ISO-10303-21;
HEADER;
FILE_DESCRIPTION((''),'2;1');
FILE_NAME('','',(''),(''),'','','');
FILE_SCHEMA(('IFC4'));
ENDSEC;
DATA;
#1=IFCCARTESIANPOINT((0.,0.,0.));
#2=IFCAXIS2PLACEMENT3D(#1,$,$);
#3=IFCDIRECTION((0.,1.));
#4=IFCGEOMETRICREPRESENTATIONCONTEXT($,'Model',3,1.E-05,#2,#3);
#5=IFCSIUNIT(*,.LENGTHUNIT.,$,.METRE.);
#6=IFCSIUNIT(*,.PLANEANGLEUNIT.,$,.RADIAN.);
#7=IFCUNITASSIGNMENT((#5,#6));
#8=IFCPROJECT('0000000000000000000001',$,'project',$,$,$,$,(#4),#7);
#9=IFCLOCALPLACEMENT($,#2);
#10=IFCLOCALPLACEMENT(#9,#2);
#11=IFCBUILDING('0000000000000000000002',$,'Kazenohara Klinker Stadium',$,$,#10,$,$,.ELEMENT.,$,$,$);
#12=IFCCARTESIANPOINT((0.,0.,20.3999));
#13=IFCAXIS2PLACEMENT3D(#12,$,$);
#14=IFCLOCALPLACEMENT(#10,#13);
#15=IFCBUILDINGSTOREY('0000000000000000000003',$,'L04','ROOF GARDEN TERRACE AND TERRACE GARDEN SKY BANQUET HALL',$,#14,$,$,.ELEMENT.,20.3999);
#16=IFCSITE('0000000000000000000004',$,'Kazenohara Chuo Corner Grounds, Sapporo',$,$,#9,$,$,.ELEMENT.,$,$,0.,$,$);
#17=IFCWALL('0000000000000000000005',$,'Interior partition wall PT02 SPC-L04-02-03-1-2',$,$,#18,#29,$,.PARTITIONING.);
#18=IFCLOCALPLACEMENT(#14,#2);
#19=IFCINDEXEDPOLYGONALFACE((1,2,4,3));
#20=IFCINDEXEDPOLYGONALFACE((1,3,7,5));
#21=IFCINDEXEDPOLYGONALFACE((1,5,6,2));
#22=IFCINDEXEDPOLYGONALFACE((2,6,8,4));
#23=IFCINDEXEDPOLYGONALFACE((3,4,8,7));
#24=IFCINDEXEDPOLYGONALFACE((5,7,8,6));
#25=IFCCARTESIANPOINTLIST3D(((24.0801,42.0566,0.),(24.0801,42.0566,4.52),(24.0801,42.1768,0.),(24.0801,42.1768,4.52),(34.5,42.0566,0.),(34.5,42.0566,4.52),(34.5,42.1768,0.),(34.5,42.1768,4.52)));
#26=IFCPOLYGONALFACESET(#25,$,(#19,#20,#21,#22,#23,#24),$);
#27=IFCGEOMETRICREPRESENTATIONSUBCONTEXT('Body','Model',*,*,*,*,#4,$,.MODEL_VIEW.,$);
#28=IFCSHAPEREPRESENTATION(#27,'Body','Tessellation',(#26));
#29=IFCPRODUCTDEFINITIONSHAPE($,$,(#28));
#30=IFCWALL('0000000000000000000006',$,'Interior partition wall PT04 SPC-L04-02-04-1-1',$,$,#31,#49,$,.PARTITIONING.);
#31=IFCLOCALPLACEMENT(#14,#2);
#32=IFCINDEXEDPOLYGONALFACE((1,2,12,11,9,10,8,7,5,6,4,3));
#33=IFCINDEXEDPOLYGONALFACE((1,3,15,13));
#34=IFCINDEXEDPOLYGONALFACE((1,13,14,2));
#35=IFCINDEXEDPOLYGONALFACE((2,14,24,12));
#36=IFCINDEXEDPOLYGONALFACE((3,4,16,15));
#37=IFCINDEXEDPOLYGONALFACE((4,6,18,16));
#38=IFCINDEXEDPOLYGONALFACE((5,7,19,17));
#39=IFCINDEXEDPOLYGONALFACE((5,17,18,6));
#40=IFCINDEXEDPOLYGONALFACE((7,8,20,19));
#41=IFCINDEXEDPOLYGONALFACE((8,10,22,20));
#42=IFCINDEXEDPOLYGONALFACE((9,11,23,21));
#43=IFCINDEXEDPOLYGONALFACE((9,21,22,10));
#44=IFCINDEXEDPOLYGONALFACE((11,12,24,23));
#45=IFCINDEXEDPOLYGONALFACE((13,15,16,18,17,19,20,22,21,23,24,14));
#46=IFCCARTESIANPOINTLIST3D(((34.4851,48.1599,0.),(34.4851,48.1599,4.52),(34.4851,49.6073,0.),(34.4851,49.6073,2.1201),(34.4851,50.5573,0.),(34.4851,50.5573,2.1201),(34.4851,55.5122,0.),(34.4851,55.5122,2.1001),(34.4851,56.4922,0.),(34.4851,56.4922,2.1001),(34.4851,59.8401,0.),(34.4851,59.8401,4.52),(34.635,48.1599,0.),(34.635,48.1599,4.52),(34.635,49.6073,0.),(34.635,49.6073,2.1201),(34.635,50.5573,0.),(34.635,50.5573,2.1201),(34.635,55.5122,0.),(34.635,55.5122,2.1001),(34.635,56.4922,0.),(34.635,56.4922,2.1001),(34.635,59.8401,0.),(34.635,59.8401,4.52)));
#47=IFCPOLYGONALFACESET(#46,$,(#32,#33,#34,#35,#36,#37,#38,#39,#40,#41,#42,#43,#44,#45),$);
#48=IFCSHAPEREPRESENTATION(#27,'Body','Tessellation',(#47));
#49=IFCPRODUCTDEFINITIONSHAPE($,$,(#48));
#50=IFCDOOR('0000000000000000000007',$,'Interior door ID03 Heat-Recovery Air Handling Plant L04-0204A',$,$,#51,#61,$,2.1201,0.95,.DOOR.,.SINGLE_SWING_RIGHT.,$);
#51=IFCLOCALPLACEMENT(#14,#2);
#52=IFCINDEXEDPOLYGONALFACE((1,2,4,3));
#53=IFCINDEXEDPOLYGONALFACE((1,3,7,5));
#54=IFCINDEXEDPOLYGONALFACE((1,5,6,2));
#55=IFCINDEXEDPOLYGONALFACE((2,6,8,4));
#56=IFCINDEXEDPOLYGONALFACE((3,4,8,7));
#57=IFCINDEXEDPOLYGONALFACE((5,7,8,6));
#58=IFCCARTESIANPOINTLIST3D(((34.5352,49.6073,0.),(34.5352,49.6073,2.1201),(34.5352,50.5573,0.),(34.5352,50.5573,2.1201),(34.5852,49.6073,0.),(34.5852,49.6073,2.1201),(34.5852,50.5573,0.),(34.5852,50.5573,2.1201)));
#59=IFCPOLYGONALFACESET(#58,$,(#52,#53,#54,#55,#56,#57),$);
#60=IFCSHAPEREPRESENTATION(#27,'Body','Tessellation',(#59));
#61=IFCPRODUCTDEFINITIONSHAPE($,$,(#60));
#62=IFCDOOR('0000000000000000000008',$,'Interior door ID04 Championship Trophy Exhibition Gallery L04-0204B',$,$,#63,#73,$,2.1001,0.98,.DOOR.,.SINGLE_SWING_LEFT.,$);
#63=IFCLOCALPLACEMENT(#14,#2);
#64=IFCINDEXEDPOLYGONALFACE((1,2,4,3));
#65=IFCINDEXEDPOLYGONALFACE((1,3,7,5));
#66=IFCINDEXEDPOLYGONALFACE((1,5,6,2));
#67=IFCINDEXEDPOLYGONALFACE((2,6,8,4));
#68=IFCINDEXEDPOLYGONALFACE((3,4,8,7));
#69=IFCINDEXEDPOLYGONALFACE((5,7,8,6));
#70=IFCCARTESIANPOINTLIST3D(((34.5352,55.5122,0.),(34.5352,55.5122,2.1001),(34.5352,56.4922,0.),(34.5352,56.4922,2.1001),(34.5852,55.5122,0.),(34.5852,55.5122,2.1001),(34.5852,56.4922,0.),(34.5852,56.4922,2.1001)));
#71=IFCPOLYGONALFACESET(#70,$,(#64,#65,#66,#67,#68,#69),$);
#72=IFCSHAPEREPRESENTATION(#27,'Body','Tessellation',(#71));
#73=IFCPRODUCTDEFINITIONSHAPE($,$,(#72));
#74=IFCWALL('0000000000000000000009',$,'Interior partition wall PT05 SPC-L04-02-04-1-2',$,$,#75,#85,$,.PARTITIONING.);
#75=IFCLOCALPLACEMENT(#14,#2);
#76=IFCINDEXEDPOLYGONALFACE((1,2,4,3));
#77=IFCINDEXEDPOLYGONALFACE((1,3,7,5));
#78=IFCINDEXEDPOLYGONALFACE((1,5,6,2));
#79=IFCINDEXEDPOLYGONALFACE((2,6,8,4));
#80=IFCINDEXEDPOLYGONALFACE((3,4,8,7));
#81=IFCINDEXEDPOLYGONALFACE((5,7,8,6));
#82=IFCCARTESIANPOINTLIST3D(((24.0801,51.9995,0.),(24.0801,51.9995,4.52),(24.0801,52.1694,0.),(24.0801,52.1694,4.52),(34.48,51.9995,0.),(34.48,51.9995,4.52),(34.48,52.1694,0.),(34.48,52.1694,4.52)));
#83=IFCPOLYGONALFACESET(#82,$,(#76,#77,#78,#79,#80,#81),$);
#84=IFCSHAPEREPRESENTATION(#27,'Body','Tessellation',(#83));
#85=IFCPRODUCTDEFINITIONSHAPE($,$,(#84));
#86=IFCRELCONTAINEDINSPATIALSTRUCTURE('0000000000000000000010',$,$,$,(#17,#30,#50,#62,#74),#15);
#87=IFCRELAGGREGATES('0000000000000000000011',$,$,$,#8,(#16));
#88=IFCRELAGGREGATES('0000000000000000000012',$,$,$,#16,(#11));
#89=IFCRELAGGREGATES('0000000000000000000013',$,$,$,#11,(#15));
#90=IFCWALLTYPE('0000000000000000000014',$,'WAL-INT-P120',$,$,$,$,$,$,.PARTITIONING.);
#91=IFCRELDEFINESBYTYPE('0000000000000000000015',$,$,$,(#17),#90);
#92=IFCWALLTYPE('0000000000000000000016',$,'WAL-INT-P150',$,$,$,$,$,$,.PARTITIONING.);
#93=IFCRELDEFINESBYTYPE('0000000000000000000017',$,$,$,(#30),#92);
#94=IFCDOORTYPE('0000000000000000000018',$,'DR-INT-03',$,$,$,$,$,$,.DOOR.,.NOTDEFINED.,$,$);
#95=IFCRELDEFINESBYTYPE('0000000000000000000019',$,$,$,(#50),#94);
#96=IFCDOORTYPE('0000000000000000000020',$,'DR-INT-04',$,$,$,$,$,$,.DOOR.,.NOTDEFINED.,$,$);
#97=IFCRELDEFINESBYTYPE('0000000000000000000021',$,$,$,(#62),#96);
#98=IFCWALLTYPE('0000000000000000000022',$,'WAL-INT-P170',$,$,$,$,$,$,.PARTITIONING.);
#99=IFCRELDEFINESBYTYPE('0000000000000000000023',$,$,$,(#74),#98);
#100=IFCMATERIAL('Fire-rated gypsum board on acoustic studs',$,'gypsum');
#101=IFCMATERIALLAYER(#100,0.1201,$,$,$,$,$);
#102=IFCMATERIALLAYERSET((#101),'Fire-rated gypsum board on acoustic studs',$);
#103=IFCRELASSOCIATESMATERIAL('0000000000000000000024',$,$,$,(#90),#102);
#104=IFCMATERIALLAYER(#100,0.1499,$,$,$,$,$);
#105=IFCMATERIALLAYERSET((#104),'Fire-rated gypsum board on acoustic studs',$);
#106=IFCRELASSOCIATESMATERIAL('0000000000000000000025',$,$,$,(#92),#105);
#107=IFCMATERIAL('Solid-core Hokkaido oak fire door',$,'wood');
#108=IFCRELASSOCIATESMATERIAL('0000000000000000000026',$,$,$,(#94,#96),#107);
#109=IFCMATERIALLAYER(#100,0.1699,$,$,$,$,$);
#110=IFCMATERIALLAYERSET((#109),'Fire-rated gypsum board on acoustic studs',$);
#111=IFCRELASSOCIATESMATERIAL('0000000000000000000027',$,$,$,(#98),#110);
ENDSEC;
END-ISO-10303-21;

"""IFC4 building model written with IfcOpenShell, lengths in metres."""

from ifc_helpers import new_model, si_unit, direction, frame, frame_2d, origin, place, context, subcontext, project, spatial, rectangle, extrude, material, layer, layer_set, type_object, element, fill, save


model = new_model("IFC4")

# Units and contexts
model_context = context("Model", 3, precision=1e-05, world=origin(), true_north=direction((0.0, 1.0)))
body_context = subcontext(model_context, "Body", "Model", "MODEL_VIEW")
ifc_project = project(units=[si_unit("LENGTHUNIT", "METRE"), si_unit("PLANEANGLEUNIT", "RADIAN")], contexts=[model_context])

# Site, building, storey
site_placement = place(None, origin())
site = spatial("IfcSite", under=ifc_project, at=site_placement, Name="Kazenohara Chuo Corner Grounds, Sapporo", CompositionType="ELEMENT", RefElevation=0.0)
building_placement = place(site_placement, origin())
building = spatial("IfcBuilding", under=site, at=building_placement, Name="Kazenohara Klinker Stadium", CompositionType="ELEMENT")
storey_placement = place(building_placement, frame((0.0, 0.0, 20.3999)))
storey = spatial("IfcBuildingStorey", under=building, at=storey_placement, Name="L04", Description="ROOF GARDEN TERRACE AND TERRACE GARDEN SKY BANQUET HALL", CompositionType="ELEMENT", Elevation=20.3999)

# Wall
ifc_material_1 = material(Name="Fire-rated gypsum board on acoustic studs", Category="gypsum")
ifc_layer_1 = layer(ifc_material_1, 0.1201)
ifc_layer_set_1 = layer_set([ifc_layer_1], Name="Fire-rated gypsum board on acoustic studs")
wall_type_1 = type_object("IfcWallType", Name="WAL-INT-P120", PredefinedType="PARTITIONING", material=ifc_layer_set_1)
wall_1_placement = place(storey_placement, frame((24.0801, 42.1167, 0.0), z_axis=(0.0, 0.0, 1.0), x_axis=(1.0, 0.0, 0.0)))
element("IfcWall", 1, at=wall_1_placement, inside=storey, type_object=wall_type_1, Name="Interior partition wall PT02 SPC-L04-02-03-1-2", PredefinedType="PARTITIONING", context=body_context, shape_type="SweptSolid", body=[
    extrude(rectangle(XDim=10.4199, YDim=0.1201, at=frame_2d((5.21, 0.0))), origin(), (0.0, 0.0, 1.0), 4.52),
])

# Wall, openings, doors
ifc_layer_2 = layer(ifc_material_1, 0.1499)
ifc_layer_set_2 = layer_set([ifc_layer_2], Name="Fire-rated gypsum board on acoustic studs")
wall_type_2 = type_object("IfcWallType", Name="WAL-INT-P150", PredefinedType="PARTITIONING", material=ifc_layer_set_2)
wall_2_placement = place(storey_placement, frame((34.5601, 48.1599, 0.0), z_axis=(0.0, 0.0, 1.0), x_axis=(0.0, 1.0, 0.0)))
wall_2 = element("IfcWall", 2, at=wall_2_placement, inside=storey, type_object=wall_type_2, Name="Interior partition wall PT04 SPC-L04-02-04-1-1", PredefinedType="PARTITIONING", context=body_context, shape_type="SweptSolid", body=[
    extrude(rectangle(XDim=11.6802, YDim=0.1499, at=frame_2d((5.8401, 0.0))), origin(), (0.0, 0.0, 1.0), 4.52),
])
opening_1_placement = place(wall_2_placement, frame((1.4473, 0.0, 0.0)))
opening_1 = element("IfcOpeningElement", 3, at=opening_1_placement, cuts=wall_2, PredefinedType="OPENING", context=body_context, shape_type="SweptSolid", body=[
    extrude(rectangle(XDim=0.95, YDim=2.1201, at=frame_2d((0.4751, 1.0601))), frame((0.0, 0.085, 0.0), z_axis=(0.0, -1.0, 0.0), x_axis=(1.0, 0.0, 0.0)), (0.0, 0.0, 1.0), 0.1699),
])
opening_2_placement = place(wall_2_placement, frame((7.3523, 0.0, 0.0)))
opening_2 = element("IfcOpeningElement", 4, at=opening_2_placement, cuts=wall_2, PredefinedType="OPENING", context=body_context, shape_type="SweptSolid", body=[
    extrude(rectangle(XDim=0.98, YDim=2.1001, at=frame_2d((0.49, 1.05))), frame((0.0, 0.085, 0.0), z_axis=(0.0, -1.0, 0.0), x_axis=(1.0, 0.0, 0.0)), (0.0, 0.0, 1.0), 0.1699),
])
ifc_material_2 = material(Name="Solid-core Hokkaido oak fire door", Category="wood")
door_type_1 = type_object("IfcDoorType", Name="DR-INT-03", OperationType="NOTDEFINED", PredefinedType="DOOR", material=ifc_material_2)
door_1_placement = place(opening_1_placement, origin())
door_1 = element("IfcDoor", 5, at=door_1_placement, inside=storey, type_object=door_type_1, Name="Interior door ID03 Heat-Recovery Air Handling Plant L04-0204A", OperationType="SINGLE_SWING_RIGHT", OverallHeight=2.1201, OverallWidth=0.95, PredefinedType="DOOR", context=body_context, shape_type="SweptSolid", body=[
    extrude(rectangle(XDim=0.95, YDim=2.1201, at=frame_2d((0.4751, 1.0601))), frame((0.0, 0.0249, 0.0), z_axis=(0.0, -1.0, 0.0), x_axis=(1.0, 0.0, 0.0)), (0.0, 0.0, 1.0), 0.05),
])
fill(opening_1, door_1)
door_type_2 = type_object("IfcDoorType", Name="DR-INT-04", OperationType="NOTDEFINED", PredefinedType="DOOR", material=ifc_material_2)
door_2_placement = place(opening_2_placement, origin())
door_2 = element("IfcDoor", 6, at=door_2_placement, inside=storey, type_object=door_type_2, Name="Interior door ID04 Championship Trophy Exhibition Gallery L04-0204B", OperationType="SINGLE_SWING_LEFT", OverallHeight=2.1001, OverallWidth=0.98, PredefinedType="DOOR", context=body_context, shape_type="SweptSolid", body=[
    extrude(rectangle(XDim=0.98, YDim=2.1001, at=frame_2d((0.49, 1.05))), frame((0.0, 0.0249, 0.0), z_axis=(0.0, -1.0, 0.0), x_axis=(1.0, 0.0, 0.0)), (0.0, 0.0, 1.0), 0.05),
])
fill(opening_2, door_2)

# Wall
ifc_layer_3 = layer(ifc_material_1, 0.1699)
ifc_layer_set_3 = layer_set([ifc_layer_3], Name="Fire-rated gypsum board on acoustic studs")
wall_type_3 = type_object("IfcWallType", Name="WAL-INT-P170", PredefinedType="PARTITIONING", material=ifc_layer_set_3)
wall_3_placement = place(storey_placement, frame((24.0801, 52.0845, 0.0), z_axis=(0.0, 0.0, 1.0), x_axis=(1.0, 0.0, 0.0)))
element("IfcWall", 7, at=wall_3_placement, inside=storey, type_object=wall_type_3, Name="Interior partition wall PT05 SPC-L04-02-04-1-2", PredefinedType="PARTITIONING", context=body_context, shape_type="SweptSolid", body=[
    extrude(rectangle(XDim=10.3999, YDim=0.1699, at=frame_2d((5.2, 0.0))), origin(), (0.0, 0.0, 1.0), 4.52),
])

save(model, "model.ifc")
